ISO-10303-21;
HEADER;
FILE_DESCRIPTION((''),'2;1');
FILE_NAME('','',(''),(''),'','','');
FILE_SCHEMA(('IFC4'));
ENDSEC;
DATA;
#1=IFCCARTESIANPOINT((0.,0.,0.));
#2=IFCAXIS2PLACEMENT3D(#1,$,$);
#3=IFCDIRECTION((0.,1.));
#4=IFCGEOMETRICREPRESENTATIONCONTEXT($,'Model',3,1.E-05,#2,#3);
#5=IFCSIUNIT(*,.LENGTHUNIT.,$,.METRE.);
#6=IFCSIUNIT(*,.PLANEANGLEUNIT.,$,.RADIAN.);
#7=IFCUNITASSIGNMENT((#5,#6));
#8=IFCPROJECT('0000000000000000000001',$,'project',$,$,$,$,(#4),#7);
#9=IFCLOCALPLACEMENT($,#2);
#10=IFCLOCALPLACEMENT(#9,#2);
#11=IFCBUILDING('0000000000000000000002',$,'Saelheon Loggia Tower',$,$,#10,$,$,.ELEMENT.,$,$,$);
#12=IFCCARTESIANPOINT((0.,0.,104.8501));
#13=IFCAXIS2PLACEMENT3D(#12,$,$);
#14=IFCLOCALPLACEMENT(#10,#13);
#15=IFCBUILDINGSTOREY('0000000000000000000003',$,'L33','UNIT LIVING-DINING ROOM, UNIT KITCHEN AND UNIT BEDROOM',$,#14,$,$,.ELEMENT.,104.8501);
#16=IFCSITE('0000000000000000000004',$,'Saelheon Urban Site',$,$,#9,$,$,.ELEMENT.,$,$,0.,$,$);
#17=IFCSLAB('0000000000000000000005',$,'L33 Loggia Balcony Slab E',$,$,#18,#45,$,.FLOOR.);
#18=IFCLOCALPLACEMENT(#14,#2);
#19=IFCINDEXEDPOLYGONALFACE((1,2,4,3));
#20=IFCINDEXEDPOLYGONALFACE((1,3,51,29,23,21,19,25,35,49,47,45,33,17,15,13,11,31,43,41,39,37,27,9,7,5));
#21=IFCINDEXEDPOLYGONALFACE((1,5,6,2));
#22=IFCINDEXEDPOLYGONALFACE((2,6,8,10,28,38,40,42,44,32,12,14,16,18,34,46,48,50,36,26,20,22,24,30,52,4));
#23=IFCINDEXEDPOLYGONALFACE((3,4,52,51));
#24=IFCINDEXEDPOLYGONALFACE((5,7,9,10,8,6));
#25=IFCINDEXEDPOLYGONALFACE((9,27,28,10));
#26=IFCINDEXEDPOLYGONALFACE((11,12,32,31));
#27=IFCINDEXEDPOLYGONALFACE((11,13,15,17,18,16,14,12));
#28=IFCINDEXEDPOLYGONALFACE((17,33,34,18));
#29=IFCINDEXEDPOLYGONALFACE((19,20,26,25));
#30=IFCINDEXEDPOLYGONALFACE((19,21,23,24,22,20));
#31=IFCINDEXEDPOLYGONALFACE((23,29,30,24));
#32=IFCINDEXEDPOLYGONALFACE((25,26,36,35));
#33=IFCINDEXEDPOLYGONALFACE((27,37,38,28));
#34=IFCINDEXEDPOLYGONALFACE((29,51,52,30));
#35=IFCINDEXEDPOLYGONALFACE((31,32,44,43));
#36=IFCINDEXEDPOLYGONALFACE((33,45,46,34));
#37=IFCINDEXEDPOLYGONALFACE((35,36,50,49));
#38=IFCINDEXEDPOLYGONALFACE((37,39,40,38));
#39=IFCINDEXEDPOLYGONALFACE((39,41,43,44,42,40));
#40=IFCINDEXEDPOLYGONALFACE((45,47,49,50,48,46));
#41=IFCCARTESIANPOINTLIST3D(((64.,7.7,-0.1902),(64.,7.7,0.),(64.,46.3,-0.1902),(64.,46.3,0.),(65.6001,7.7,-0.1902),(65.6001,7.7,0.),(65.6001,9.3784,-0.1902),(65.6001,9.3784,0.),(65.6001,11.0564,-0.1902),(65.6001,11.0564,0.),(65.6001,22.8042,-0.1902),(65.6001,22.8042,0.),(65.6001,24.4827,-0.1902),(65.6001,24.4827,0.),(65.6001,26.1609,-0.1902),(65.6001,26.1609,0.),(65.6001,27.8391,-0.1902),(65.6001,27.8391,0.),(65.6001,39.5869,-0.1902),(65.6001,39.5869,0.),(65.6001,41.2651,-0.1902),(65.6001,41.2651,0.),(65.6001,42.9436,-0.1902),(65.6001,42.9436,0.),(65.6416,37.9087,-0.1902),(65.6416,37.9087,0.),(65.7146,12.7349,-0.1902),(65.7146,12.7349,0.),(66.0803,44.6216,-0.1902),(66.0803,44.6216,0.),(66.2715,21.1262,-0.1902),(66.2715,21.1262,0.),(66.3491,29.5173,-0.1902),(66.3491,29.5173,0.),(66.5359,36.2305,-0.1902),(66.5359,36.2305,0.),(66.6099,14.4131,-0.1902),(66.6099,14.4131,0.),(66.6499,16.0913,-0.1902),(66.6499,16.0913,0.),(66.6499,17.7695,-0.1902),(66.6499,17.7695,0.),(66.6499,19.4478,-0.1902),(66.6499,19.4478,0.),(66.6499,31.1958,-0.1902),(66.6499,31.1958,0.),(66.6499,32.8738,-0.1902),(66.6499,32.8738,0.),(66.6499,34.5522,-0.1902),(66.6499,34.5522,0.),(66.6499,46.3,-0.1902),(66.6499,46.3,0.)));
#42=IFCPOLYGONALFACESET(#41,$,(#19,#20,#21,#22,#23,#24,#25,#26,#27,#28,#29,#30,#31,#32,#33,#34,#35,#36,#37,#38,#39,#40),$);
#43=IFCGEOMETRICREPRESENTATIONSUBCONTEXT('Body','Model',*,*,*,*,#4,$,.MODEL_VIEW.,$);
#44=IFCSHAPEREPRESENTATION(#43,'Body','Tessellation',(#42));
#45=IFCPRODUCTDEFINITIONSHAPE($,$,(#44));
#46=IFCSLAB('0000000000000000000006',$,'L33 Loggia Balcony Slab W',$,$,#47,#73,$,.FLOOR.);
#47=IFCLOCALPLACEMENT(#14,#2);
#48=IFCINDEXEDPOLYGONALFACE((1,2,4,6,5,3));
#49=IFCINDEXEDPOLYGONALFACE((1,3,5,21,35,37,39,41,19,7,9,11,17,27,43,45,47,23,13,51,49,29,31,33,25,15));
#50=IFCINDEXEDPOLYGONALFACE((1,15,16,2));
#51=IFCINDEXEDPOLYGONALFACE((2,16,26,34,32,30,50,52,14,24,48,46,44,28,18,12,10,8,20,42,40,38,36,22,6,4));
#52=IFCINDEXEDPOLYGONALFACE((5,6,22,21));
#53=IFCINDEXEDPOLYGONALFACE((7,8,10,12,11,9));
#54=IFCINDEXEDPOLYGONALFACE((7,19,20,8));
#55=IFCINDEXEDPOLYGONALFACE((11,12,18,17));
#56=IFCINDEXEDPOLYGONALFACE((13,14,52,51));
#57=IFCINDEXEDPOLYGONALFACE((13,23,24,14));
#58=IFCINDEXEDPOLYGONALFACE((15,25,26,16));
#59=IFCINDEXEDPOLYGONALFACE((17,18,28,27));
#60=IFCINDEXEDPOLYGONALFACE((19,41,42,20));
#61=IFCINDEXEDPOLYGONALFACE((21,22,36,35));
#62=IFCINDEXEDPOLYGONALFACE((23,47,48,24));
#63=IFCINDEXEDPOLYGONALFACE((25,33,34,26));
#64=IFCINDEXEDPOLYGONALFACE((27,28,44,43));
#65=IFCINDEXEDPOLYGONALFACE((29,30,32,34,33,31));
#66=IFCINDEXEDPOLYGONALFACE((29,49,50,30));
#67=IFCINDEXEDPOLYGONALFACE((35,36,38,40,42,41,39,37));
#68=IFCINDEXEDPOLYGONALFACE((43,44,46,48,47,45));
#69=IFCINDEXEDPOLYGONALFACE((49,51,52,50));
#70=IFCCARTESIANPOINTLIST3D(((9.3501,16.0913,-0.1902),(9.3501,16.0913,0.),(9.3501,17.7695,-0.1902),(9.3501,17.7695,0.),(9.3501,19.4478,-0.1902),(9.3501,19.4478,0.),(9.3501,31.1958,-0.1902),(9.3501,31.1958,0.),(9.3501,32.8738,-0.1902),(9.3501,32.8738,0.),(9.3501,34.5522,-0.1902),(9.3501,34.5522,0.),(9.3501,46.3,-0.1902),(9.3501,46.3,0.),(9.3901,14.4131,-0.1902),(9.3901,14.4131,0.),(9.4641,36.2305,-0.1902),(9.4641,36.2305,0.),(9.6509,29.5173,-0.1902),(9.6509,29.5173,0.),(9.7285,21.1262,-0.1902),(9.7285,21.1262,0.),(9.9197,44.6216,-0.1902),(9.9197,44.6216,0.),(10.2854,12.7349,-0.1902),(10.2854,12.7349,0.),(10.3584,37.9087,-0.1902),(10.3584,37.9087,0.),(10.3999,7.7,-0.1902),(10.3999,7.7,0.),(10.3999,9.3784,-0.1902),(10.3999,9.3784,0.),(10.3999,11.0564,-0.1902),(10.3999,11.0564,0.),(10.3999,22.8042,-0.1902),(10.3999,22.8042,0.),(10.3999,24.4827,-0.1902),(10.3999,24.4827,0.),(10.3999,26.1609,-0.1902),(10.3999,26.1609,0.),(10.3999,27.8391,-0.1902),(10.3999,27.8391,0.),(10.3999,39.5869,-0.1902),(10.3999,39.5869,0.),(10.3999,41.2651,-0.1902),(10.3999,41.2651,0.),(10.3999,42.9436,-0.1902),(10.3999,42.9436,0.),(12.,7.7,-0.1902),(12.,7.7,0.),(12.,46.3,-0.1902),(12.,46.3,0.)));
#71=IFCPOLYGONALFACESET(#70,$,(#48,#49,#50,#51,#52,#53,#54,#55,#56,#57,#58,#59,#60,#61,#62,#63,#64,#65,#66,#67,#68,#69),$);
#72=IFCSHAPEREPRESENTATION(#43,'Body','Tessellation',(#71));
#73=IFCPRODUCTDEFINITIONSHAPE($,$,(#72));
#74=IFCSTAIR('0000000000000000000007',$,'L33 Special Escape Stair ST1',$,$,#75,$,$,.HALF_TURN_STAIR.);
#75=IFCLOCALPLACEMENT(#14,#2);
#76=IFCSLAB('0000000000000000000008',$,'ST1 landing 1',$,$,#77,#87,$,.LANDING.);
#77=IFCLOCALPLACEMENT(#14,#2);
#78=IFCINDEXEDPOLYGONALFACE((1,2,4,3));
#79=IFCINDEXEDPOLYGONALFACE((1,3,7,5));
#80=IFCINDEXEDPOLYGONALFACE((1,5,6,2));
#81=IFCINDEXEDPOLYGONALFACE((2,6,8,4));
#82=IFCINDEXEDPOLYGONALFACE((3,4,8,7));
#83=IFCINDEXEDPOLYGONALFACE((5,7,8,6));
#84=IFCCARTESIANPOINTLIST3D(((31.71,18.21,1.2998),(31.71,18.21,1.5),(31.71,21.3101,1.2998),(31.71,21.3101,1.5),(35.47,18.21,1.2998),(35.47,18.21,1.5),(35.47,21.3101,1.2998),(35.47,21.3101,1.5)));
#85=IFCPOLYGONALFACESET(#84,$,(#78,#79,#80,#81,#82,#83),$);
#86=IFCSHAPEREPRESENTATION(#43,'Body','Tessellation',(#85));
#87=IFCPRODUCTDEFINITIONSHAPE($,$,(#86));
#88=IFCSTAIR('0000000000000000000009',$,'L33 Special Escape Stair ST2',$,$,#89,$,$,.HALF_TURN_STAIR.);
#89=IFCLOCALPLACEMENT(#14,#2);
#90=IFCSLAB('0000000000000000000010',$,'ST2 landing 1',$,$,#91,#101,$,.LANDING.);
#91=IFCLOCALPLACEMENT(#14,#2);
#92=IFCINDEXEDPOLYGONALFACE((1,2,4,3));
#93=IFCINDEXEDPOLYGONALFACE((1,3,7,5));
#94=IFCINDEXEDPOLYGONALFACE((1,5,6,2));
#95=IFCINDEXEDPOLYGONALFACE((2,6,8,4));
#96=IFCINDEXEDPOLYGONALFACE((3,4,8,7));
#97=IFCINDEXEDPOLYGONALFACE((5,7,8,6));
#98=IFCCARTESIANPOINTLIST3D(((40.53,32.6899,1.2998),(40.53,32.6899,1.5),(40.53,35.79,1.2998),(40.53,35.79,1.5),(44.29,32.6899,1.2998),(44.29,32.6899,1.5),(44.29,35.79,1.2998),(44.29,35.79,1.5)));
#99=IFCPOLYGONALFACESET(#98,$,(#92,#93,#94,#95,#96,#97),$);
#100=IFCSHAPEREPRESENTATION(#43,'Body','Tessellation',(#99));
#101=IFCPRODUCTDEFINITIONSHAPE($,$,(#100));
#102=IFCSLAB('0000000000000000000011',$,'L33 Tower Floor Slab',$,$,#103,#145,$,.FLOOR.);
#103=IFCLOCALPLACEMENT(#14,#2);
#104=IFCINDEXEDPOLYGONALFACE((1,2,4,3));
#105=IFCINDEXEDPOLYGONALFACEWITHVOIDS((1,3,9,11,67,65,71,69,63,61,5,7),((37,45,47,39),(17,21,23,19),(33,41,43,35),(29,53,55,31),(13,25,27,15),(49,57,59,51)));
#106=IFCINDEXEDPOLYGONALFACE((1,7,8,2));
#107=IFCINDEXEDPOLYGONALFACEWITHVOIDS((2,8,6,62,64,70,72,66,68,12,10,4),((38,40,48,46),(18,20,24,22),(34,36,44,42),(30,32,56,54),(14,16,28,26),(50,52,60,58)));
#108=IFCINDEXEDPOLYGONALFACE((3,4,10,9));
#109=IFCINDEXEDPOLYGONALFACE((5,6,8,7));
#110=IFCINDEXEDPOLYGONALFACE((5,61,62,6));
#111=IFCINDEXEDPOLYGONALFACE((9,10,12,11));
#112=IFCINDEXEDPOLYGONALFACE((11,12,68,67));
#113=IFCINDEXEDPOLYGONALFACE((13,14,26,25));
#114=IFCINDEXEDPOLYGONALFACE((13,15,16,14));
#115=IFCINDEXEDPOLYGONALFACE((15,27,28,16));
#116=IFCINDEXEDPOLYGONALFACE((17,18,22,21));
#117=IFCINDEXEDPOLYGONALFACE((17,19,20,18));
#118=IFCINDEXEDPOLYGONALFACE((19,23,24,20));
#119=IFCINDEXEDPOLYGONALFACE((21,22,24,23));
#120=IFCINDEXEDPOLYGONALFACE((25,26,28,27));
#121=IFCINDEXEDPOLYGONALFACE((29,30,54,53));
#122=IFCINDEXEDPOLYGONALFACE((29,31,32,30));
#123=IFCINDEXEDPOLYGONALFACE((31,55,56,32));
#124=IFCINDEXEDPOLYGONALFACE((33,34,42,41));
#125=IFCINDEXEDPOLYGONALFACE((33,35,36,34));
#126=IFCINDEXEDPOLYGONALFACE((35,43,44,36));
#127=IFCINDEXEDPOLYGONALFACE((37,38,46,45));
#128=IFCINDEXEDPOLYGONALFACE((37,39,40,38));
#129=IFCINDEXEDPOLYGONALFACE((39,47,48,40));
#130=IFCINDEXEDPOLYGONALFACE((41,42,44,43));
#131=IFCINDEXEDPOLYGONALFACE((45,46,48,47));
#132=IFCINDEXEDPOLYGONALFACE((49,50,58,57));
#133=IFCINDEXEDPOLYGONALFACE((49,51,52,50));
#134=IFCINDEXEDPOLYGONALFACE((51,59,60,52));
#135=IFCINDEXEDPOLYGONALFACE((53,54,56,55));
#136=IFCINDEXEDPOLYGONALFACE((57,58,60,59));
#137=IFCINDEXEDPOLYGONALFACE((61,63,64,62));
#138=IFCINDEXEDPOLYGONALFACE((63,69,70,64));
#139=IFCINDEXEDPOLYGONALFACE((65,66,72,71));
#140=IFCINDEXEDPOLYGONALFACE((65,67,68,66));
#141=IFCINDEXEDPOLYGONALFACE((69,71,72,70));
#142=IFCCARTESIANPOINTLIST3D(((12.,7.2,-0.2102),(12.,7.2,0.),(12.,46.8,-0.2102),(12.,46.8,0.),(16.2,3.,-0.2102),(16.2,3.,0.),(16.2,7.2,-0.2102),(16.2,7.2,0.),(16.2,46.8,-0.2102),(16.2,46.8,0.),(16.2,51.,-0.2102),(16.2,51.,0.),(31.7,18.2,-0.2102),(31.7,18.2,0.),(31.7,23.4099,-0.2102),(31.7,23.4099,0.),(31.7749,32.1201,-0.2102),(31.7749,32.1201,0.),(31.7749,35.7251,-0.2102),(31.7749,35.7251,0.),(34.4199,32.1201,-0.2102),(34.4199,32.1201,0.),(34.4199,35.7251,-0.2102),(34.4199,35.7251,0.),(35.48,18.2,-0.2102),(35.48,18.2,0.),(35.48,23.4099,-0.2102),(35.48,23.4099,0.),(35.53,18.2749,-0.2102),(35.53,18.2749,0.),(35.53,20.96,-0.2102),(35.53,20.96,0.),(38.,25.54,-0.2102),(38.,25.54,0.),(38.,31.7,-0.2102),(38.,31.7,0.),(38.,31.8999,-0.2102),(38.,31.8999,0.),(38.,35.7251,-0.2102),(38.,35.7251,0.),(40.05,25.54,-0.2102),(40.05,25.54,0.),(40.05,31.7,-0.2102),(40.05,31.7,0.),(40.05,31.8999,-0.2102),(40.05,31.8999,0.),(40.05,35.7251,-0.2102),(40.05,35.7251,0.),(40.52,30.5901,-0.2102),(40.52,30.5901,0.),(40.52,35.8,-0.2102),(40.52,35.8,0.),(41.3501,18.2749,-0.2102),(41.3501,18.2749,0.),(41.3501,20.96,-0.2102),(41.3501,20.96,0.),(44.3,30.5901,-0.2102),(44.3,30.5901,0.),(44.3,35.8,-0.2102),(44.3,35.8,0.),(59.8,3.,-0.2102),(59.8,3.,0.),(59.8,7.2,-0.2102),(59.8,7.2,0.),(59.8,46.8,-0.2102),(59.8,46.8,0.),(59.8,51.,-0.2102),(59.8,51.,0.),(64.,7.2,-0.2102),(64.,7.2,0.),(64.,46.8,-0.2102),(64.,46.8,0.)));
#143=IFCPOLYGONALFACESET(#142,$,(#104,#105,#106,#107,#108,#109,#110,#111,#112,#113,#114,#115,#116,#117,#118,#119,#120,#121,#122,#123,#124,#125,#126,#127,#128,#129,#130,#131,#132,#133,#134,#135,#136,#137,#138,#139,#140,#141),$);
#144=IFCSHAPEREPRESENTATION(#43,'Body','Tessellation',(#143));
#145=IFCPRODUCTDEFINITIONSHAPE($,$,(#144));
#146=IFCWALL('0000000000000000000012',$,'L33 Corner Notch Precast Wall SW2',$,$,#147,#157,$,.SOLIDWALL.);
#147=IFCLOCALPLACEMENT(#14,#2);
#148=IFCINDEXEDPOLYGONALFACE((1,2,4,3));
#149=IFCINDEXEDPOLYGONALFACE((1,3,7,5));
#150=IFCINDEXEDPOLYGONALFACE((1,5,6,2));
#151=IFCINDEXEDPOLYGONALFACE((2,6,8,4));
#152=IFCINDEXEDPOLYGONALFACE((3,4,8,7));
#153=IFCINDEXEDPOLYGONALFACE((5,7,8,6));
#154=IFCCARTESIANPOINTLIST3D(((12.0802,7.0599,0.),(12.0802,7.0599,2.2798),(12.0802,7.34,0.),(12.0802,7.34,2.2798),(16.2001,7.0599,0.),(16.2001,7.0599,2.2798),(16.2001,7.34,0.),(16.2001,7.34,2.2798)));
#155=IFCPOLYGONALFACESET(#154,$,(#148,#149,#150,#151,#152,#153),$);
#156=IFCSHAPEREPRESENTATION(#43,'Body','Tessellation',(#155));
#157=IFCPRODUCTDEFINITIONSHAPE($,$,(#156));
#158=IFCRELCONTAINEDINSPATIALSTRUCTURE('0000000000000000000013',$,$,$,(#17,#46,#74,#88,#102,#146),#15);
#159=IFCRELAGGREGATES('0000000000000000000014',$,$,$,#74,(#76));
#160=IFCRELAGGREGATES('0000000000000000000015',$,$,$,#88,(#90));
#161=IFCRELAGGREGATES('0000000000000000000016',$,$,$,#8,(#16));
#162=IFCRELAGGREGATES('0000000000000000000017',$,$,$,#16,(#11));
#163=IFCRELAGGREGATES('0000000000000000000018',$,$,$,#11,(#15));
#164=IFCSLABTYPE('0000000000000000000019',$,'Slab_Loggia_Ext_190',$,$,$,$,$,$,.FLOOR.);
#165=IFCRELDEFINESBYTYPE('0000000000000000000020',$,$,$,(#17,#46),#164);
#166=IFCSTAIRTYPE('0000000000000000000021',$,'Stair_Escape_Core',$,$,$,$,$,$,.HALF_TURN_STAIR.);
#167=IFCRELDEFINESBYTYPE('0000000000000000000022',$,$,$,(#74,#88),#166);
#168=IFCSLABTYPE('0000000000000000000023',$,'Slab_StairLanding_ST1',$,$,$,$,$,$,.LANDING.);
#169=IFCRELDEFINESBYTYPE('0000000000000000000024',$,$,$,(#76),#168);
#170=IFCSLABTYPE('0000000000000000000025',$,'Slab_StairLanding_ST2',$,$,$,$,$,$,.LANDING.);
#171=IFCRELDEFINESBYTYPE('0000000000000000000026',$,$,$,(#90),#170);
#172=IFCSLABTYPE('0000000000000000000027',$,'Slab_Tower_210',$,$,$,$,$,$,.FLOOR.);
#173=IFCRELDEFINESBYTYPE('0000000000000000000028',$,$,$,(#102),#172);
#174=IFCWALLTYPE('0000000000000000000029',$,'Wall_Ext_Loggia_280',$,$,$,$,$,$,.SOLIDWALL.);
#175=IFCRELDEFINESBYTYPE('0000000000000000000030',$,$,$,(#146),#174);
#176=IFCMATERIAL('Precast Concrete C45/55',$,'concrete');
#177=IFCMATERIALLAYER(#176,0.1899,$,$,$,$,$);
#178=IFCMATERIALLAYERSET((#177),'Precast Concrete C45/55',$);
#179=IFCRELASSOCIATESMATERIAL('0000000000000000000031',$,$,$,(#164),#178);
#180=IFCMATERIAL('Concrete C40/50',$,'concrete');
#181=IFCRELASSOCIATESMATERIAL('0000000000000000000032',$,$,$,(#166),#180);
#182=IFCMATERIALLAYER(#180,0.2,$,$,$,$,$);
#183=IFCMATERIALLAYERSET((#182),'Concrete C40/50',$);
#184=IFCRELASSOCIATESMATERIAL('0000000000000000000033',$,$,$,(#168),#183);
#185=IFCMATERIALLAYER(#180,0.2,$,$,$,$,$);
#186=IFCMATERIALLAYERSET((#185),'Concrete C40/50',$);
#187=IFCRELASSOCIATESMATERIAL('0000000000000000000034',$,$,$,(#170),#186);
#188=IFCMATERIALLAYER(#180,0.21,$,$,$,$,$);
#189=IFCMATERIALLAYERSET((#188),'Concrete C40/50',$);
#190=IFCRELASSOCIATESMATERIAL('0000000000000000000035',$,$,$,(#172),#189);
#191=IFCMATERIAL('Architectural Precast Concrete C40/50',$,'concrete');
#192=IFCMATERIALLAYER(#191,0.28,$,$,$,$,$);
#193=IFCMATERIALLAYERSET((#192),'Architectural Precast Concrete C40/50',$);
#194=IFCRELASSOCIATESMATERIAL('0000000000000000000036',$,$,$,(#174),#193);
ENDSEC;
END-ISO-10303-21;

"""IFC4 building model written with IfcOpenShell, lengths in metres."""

from ifc_helpers import new_model, si_unit, direction, frame, frame_2d, origin, place, context, subcontext, project, spatial, polyline, rectangle, outline, extrude, material, layer, layer_set, type_object, element, aggregate, save


model = new_model("IFC4")

# Units and contexts
model_context = context("Model", 3, precision=1e-05, world=origin(), true_north=direction((0.0, 1.0)))
body_context = subcontext(model_context, "Body", "Model", "MODEL_VIEW")
ifc_project = project(units=[si_unit("LENGTHUNIT", "METRE"), si_unit("PLANEANGLEUNIT", "RADIAN")], contexts=[model_context])

# Site, building, storey
site_placement = place(None, origin())
site = spatial("IfcSite", under=ifc_project, at=site_placement, Name="Saelheon Urban Site", CompositionType="ELEMENT", RefElevation=0.0)
building_placement = place(site_placement, origin())
building = spatial("IfcBuilding", under=site, at=building_placement, Name="Saelheon Loggia Tower", CompositionType="ELEMENT")
storey_placement = place(building_placement, frame((0.0, 0.0, 104.8501)))
storey = spatial("IfcBuildingStorey", under=building, at=storey_placement, Name="L33", Description="UNIT LIVING-DINING ROOM, UNIT KITCHEN AND UNIT BEDROOM", CompositionType="ELEMENT", Elevation=104.8501)

# Shared definitions
ifc_material_1 = material(Name="Precast Concrete C45/55", Category="concrete")

# Shared definitions
ifc_material_2 = material(Name="Concrete C40/50", Category="concrete")

# Slabs
ifc_layer_1 = layer(ifc_material_1, 0.1899)
ifc_layer_set_1 = layer_set([ifc_layer_1], Name="Precast Concrete C45/55")
slab_type_1 = type_object("IfcSlabType", Name="Slab_Loggia_Ext_190", PredefinedType="FLOOR", material=ifc_layer_set_1)
slab_1_placement = place(storey_placement, frame((0.0, 0.0, -0.1902)))
element("IfcSlab", 1, at=slab_1_placement, inside=storey, type_object=slab_type_1, Name="L33 Loggia Balcony Slab E", PredefinedType="FLOOR", context=body_context, shape_type="SweptSolid", body=[
    extrude(outline(polyline([(64.0, 7.7), (65.6001, 7.7), (65.6001, 9.3784), (65.6001, 11.0564), (65.7146, 12.7349), (66.6099, 14.4131), (66.6499, 16.0913), (66.6499, 17.7695), (66.6499, 19.4478), (66.2715, 21.1262), (65.6001, 22.8042), (65.6001, 24.4827), (65.6001, 26.1609), (65.6001, 27.8391), (66.3491, 29.5173), (66.6499, 31.1958), (66.6499, 32.8738), (66.6499, 34.5522), (66.5359, 36.2305), (65.6416, 37.9087), (65.6001, 39.5869), (65.6001, 41.2651), (65.6001, 42.9436), (66.0803, 44.6216), (66.6499, 46.3), (64.0, 46.3), (64.0, 7.7)])), origin(), (0.0, 0.0, 1.0), 0.1902),
])
slab_2_placement = place(storey_placement, frame((0.0, 0.0, -0.1902)))
element("IfcSlab", 2, at=slab_2_placement, inside=storey, type_object=slab_type_1, Name="L33 Loggia Balcony Slab W", PredefinedType="FLOOR", context=body_context, shape_type="SweptSolid", body=[
    extrude(outline(polyline([(12.0, 7.7), (12.0, 46.3), (9.3501, 46.3), (9.9197, 44.6216), (10.3999, 42.9436), (10.3999, 41.2651), (10.3999, 39.5869), (10.3584, 37.9087), (9.4641, 36.2305), (9.3501, 34.5522), (9.3501, 32.8738), (9.3501, 31.1958), (9.6509, 29.5173), (10.3999, 27.8391), (10.3999, 26.1609), (10.3999, 24.4827), (10.3999, 22.8042), (9.7285, 21.1262), (9.3501, 19.4478), (9.3501, 17.7695), (9.3501, 16.0913), (9.3901, 14.4131), (10.2854, 12.7349), (10.3999, 11.0564), (10.3999, 9.3784), (10.3999, 7.7), (12.0, 7.7)])), origin(), (0.0, 0.0, 1.0), 0.1902),
])

# Stairs, slabs
stair_type = type_object("IfcStairType", Name="Stair_Escape_Core", PredefinedType="HALF_TURN_STAIR", material=ifc_material_2)
stair_1_placement = place(storey_placement, origin())
stair_1 = element("IfcStair", 3, at=stair_1_placement, inside=storey, type_object=stair_type, Name="L33 Special Escape Stair ST1", PredefinedType="HALF_TURN_STAIR")
ifc_layer_2 = layer(ifc_material_2, 0.2)
ifc_layer_set_2 = layer_set([ifc_layer_2], Name="Concrete C40/50")
slab_type_2 = type_object("IfcSlabType", Name="Slab_StairLanding_ST1", PredefinedType="LANDING", material=ifc_layer_set_2)
slab_3_placement = place(storey_placement, frame((0.0, 0.0, 1.2998)))
slab_3 = element("IfcSlab", 4, at=slab_3_placement, type_object=slab_type_2, Name="ST1 landing 1", PredefinedType="LANDING", context=body_context, shape_type="SweptSolid", body=[
    extrude(outline(polyline([(31.71, 21.3101), (31.71, 18.21), (35.47, 18.21), (35.47, 21.3101), (31.71, 21.3101)])), origin(), (0.0, 0.0, 1.0), 0.2002),
])
aggregate(stair_1, [slab_3])
stair_2_placement = place(storey_placement, origin())
stair_2 = element("IfcStair", 5, at=stair_2_placement, inside=storey, type_object=stair_type, Name="L33 Special Escape Stair ST2", PredefinedType="HALF_TURN_STAIR")
ifc_layer_3 = layer(ifc_material_2, 0.2)
ifc_layer_set_3 = layer_set([ifc_layer_3], Name="Concrete C40/50")
slab_type_3 = type_object("IfcSlabType", Name="Slab_StairLanding_ST2", PredefinedType="LANDING", material=ifc_layer_set_3)
slab_4_placement = place(storey_placement, frame((0.0, 0.0, 1.2998)))
slab_4 = element("IfcSlab", 6, at=slab_4_placement, type_object=slab_type_3, Name="ST2 landing 1", PredefinedType="LANDING", context=body_context, shape_type="SweptSolid", body=[
    extrude(outline(polyline([(44.29, 32.6899), (44.29, 35.79), (40.53, 35.79), (40.53, 32.6899), (44.29, 32.6899)])), origin(), (0.0, 0.0, 1.0), 0.2002),
])
aggregate(stair_2, [slab_4])

# Slab
ifc_layer_4 = layer(ifc_material_2, 0.21)
ifc_layer_set_4 = layer_set([ifc_layer_4], Name="Concrete C40/50")
slab_type_4 = type_object("IfcSlabType", Name="Slab_Tower_210", PredefinedType="FLOOR", material=ifc_layer_set_4)
slab_5_placement = place(storey_placement, frame((0.0, 0.0, -0.2102)))
element("IfcSlab", 7, at=slab_5_placement, inside=storey, type_object=slab_type_4, Name="L33 Tower Floor Slab", PredefinedType="FLOOR", context=body_context, shape_type="SweptSolid", body=[
    extrude(outline(polyline([(16.2, 3.0), (59.8, 3.0), (59.8, 7.2), (64.0, 7.2), (64.0, 46.8), (59.8, 46.8), (59.8, 51.0), (16.2, 51.0), (16.2, 46.8), (12.0, 46.8), (12.0, 7.2), (16.2, 7.2), (16.2, 3.0)]), holes=[polyline([(31.7, 23.4099), (31.7, 18.2), (35.48, 18.2), (35.48, 23.4099), (31.7, 23.4099)]), polyline([(44.3, 30.5901), (44.3, 35.8), (40.52, 35.8), (40.52, 30.5901), (44.3, 30.5901)]), polyline([(35.53, 18.2749), (41.3501, 18.2749), (41.3501, 20.96), (35.53, 20.96), (35.53, 18.2749)]), polyline([(31.7749, 32.1201), (34.4199, 32.1201), (34.4199, 35.7251), (31.7749, 35.7251), (31.7749, 32.1201)]), polyline([(38.0, 31.8999), (40.05, 31.8999), (40.05, 35.7251), (38.0, 35.7251), (38.0, 31.8999)]), polyline([(38.0, 25.54), (40.05, 25.54), (40.05, 31.7), (38.0, 31.7), (38.0, 25.54)])]), origin(), (0.0, 0.0, 1.0), 0.2102),
])

# Shared definitions
ifc_material_3 = material(Name="Architectural Precast Concrete C40/50", Category="concrete")
ifc_layer_5 = layer(ifc_material_3, 0.28)
ifc_layer_set_5 = layer_set([ifc_layer_5], Name="Architectural Precast Concrete C40/50")
wall_type = type_object("IfcWallType", Name="Wall_Ext_Loggia_280", PredefinedType="SOLIDWALL", material=ifc_layer_set_5)

# Wall
wall_1_placement = place(storey_placement, frame((12.0801, 7.2, 0.0), z_axis=(0.0, 0.0, 1.0), x_axis=(1.0, 0.0, 0.0)))
element("IfcWall", 8, at=wall_1_placement, inside=storey, type_object=wall_type, Name="L33 Corner Notch Precast Wall SW2", PredefinedType="SOLIDWALL", context=body_context, shape_type="SweptSolid", body=[
    extrude(rectangle(XDim=4.1199, YDim=0.28, at=frame_2d((2.0601, 0.0))), origin(), (0.0, 0.0, 1.0), 2.2798),
])

save(model, "model.ifc")
